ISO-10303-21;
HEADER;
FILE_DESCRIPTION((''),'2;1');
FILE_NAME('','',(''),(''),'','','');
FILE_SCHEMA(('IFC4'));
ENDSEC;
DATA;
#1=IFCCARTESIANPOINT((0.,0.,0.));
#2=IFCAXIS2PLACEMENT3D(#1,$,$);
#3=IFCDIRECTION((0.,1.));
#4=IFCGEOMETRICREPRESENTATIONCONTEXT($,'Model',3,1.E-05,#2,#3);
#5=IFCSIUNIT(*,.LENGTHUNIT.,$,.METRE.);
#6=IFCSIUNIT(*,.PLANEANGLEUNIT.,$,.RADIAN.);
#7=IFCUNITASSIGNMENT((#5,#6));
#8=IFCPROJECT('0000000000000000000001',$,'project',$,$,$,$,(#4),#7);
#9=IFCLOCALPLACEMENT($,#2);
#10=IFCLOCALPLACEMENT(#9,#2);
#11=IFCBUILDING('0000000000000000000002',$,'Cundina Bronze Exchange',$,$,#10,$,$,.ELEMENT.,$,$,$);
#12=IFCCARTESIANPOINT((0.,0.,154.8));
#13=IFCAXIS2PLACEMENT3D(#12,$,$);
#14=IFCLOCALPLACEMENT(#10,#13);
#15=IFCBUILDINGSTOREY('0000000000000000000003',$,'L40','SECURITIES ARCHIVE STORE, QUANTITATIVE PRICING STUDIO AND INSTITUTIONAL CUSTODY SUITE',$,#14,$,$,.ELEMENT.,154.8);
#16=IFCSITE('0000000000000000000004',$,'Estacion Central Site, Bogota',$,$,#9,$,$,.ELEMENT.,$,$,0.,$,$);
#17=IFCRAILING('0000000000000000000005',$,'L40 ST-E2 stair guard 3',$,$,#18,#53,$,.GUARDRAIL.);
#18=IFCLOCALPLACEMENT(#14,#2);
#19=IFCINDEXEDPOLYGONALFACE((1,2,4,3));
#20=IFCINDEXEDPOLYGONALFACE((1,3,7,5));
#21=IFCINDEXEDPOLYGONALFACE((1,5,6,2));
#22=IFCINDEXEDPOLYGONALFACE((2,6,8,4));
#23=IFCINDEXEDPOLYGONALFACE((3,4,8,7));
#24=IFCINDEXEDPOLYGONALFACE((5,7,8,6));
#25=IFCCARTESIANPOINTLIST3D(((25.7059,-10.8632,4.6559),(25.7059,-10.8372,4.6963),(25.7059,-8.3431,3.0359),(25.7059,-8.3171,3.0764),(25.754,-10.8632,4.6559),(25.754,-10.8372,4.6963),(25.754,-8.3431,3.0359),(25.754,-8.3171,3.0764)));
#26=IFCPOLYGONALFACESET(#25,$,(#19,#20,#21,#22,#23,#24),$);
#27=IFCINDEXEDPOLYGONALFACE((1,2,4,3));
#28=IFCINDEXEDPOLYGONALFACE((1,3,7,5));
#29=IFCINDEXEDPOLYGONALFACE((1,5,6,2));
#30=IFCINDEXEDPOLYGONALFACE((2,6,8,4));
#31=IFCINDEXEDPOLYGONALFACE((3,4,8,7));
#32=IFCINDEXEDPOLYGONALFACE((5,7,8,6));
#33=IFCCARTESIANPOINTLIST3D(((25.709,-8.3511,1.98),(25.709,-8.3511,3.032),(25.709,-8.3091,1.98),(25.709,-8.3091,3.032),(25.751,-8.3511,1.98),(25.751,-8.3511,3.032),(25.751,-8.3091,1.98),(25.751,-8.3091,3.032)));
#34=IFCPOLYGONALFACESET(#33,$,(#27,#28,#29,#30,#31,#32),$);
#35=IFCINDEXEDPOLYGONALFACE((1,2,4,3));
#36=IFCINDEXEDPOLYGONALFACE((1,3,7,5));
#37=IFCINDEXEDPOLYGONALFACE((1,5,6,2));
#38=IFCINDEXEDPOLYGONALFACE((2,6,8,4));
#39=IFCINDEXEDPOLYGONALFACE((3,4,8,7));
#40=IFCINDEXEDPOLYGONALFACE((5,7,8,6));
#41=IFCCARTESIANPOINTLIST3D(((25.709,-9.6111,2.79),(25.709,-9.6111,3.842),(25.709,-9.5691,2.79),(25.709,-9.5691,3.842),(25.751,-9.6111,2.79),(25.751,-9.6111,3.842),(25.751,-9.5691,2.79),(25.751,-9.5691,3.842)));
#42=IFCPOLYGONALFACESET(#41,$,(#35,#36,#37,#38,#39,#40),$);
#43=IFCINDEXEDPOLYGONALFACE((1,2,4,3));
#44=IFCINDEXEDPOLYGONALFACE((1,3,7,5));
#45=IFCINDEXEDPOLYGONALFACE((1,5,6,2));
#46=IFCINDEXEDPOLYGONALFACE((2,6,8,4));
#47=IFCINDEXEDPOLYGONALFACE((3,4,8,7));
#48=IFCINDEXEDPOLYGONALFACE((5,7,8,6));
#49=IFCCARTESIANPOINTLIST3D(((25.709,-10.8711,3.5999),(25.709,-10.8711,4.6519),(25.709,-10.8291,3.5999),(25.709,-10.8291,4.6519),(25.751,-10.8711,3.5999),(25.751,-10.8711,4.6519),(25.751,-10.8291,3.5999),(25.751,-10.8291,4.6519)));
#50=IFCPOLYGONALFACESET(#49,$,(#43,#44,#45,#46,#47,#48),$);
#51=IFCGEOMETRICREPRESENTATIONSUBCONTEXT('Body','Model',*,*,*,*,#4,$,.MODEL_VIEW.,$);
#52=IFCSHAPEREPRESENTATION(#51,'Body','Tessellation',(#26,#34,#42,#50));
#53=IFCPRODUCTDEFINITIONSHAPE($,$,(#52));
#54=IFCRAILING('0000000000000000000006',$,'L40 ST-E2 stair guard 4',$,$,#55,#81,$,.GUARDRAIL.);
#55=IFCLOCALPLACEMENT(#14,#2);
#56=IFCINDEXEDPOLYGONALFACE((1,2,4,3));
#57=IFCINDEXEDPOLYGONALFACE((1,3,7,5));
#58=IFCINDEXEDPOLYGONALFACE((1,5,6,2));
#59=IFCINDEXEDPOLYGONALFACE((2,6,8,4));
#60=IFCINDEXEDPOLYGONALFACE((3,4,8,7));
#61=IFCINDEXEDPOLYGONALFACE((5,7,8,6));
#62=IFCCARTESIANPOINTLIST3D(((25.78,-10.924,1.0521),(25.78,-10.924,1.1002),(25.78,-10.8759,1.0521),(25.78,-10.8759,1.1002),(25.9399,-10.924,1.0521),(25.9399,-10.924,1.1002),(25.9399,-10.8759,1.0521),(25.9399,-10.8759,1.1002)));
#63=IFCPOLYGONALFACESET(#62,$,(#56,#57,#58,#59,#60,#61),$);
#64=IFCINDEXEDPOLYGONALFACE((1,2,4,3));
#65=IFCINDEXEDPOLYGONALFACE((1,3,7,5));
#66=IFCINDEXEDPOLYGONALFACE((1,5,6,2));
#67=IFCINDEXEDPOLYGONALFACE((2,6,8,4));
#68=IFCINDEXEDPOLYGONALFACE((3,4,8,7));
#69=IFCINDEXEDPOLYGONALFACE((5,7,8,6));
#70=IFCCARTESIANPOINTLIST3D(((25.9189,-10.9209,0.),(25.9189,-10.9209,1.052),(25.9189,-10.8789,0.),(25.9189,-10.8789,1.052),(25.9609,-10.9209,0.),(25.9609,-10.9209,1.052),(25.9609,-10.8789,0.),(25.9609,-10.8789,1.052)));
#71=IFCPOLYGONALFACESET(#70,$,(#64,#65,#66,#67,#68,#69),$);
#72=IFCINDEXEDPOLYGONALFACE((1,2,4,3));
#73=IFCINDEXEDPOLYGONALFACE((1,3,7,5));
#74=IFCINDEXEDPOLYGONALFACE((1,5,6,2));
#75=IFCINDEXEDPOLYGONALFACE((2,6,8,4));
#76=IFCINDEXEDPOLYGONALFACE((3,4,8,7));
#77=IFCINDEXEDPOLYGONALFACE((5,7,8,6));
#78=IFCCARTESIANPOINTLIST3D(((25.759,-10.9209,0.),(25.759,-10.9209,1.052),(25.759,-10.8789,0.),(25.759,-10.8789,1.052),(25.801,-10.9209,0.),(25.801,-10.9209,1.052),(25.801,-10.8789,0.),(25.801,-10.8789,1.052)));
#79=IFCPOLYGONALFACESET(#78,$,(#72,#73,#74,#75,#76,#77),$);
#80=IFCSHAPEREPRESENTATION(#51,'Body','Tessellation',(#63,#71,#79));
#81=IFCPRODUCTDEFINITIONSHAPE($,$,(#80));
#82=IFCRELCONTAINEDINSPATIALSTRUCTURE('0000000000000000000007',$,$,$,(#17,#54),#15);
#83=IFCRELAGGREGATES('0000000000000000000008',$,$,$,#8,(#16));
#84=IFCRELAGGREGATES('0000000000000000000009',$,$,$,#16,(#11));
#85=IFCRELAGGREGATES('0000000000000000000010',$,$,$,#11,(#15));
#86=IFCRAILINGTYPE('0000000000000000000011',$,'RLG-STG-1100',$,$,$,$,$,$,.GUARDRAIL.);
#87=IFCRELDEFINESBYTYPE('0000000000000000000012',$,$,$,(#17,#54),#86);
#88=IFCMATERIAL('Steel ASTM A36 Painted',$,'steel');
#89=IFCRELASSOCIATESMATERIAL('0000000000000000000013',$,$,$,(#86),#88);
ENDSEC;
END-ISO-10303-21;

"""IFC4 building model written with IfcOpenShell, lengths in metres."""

from ifc_helpers import new_model, si_unit, direction, frame, origin, origin_2d, place, context, subcontext, project, spatial, rectangle, extrude, material, type_object, element, save


model = new_model("IFC4")

# Units and contexts
model_context = context("Model", 3, precision=1e-05, world=origin(), true_north=direction((0.0, 1.0)))
body_context = subcontext(model_context, "Body", "Model", "MODEL_VIEW")
ifc_project = project(units=[si_unit("LENGTHUNIT", "METRE"), si_unit("PLANEANGLEUNIT", "RADIAN")], contexts=[model_context])

# Site, building, storey
site_placement = place(None, origin())
site = spatial("IfcSite", under=ifc_project, at=site_placement, Name="Estacion Central Site, Bogota", CompositionType="ELEMENT", RefElevation=0.0)
building_placement = place(site_placement, origin())
building = spatial("IfcBuilding", under=site, at=building_placement, Name="Cundina Bronze Exchange", CompositionType="ELEMENT")
storey_placement = place(building_placement, frame((0.0, 0.0, 154.8)))
storey = spatial("IfcBuildingStorey", under=building, at=storey_placement, Name="L40", Description="SECURITIES ARCHIVE STORE, QUANTITATIVE PRICING STUDIO AND INSTITUTIONAL CUSTODY SUITE", CompositionType="ELEMENT", Elevation=154.8)

# Shared definitions
ifc_material_1 = material(Name="Steel ASTM A36 Painted", Category="steel")

# Railings
railing_type_1 = type_object("IfcRailingType", Name="RLG-STG-1100", PredefinedType="GUARDRAIL", material=ifc_material_1)
railing_1_placement = place(storey_placement, frame((25.73, -8.3301, 1.98)))
element("IfcRailing", 1, at=railing_1_placement, inside=storey, type_object=railing_type_1, Name="L40 ST-E2 stair guard 3", PredefinedType="GUARDRAIL", context=body_context, shape_type="SweptSolid", body=[
    extrude(rectangle(XDim=0.0481, YDim=0.0481, at=origin_2d()), frame((0.0, 0.0, 1.0762), z_axis=(0.0, -0.8412, 0.540725), x_axis=(1.0, 0.0, 0.0)), (0.0, 0.0, 1.0), 2.9958),
    extrude(rectangle(XDim=0.042, YDim=0.042, at=origin_2d()), origin(), (0.0, 0.0, 1.0), 1.052),
    extrude(rectangle(XDim=0.042, YDim=0.042, at=origin_2d()), frame((0.0, -1.26, 0.8101)), (0.0, 0.0, 1.0), 1.052),
    extrude(rectangle(XDim=0.042, YDim=0.042, at=origin_2d()), frame((0.0, -2.52, 1.6199)), (0.0, 0.0, 1.0), 1.052),
])
railing_2_placement = place(storey_placement, frame((25.9399, -10.8999, 0.0)))
element("IfcRailing", 2, at=railing_2_placement, inside=storey, type_object=railing_type_1, Name="L40 ST-E2 stair guard 4", PredefinedType="GUARDRAIL", context=body_context, shape_type="SweptSolid", body=[
    extrude(rectangle(XDim=0.0481, YDim=0.0481, at=origin_2d()), frame((0.0, 0.0, 1.0762), z_axis=(-1.0, 0.0, 0.0), x_axis=(0.0, -1.0, 0.0)), (0.0, 0.0, 1.0), 0.1599),
    extrude(rectangle(XDim=0.042, YDim=0.042, at=origin_2d()), origin(), (0.0, 0.0, 1.0), 1.052),
    extrude(rectangle(XDim=0.042, YDim=0.042, at=origin_2d()), frame((-0.1599, 0.0, 0.0)), (0.0, 0.0, 1.0), 1.052),
])

save(model, "model.ifc")
